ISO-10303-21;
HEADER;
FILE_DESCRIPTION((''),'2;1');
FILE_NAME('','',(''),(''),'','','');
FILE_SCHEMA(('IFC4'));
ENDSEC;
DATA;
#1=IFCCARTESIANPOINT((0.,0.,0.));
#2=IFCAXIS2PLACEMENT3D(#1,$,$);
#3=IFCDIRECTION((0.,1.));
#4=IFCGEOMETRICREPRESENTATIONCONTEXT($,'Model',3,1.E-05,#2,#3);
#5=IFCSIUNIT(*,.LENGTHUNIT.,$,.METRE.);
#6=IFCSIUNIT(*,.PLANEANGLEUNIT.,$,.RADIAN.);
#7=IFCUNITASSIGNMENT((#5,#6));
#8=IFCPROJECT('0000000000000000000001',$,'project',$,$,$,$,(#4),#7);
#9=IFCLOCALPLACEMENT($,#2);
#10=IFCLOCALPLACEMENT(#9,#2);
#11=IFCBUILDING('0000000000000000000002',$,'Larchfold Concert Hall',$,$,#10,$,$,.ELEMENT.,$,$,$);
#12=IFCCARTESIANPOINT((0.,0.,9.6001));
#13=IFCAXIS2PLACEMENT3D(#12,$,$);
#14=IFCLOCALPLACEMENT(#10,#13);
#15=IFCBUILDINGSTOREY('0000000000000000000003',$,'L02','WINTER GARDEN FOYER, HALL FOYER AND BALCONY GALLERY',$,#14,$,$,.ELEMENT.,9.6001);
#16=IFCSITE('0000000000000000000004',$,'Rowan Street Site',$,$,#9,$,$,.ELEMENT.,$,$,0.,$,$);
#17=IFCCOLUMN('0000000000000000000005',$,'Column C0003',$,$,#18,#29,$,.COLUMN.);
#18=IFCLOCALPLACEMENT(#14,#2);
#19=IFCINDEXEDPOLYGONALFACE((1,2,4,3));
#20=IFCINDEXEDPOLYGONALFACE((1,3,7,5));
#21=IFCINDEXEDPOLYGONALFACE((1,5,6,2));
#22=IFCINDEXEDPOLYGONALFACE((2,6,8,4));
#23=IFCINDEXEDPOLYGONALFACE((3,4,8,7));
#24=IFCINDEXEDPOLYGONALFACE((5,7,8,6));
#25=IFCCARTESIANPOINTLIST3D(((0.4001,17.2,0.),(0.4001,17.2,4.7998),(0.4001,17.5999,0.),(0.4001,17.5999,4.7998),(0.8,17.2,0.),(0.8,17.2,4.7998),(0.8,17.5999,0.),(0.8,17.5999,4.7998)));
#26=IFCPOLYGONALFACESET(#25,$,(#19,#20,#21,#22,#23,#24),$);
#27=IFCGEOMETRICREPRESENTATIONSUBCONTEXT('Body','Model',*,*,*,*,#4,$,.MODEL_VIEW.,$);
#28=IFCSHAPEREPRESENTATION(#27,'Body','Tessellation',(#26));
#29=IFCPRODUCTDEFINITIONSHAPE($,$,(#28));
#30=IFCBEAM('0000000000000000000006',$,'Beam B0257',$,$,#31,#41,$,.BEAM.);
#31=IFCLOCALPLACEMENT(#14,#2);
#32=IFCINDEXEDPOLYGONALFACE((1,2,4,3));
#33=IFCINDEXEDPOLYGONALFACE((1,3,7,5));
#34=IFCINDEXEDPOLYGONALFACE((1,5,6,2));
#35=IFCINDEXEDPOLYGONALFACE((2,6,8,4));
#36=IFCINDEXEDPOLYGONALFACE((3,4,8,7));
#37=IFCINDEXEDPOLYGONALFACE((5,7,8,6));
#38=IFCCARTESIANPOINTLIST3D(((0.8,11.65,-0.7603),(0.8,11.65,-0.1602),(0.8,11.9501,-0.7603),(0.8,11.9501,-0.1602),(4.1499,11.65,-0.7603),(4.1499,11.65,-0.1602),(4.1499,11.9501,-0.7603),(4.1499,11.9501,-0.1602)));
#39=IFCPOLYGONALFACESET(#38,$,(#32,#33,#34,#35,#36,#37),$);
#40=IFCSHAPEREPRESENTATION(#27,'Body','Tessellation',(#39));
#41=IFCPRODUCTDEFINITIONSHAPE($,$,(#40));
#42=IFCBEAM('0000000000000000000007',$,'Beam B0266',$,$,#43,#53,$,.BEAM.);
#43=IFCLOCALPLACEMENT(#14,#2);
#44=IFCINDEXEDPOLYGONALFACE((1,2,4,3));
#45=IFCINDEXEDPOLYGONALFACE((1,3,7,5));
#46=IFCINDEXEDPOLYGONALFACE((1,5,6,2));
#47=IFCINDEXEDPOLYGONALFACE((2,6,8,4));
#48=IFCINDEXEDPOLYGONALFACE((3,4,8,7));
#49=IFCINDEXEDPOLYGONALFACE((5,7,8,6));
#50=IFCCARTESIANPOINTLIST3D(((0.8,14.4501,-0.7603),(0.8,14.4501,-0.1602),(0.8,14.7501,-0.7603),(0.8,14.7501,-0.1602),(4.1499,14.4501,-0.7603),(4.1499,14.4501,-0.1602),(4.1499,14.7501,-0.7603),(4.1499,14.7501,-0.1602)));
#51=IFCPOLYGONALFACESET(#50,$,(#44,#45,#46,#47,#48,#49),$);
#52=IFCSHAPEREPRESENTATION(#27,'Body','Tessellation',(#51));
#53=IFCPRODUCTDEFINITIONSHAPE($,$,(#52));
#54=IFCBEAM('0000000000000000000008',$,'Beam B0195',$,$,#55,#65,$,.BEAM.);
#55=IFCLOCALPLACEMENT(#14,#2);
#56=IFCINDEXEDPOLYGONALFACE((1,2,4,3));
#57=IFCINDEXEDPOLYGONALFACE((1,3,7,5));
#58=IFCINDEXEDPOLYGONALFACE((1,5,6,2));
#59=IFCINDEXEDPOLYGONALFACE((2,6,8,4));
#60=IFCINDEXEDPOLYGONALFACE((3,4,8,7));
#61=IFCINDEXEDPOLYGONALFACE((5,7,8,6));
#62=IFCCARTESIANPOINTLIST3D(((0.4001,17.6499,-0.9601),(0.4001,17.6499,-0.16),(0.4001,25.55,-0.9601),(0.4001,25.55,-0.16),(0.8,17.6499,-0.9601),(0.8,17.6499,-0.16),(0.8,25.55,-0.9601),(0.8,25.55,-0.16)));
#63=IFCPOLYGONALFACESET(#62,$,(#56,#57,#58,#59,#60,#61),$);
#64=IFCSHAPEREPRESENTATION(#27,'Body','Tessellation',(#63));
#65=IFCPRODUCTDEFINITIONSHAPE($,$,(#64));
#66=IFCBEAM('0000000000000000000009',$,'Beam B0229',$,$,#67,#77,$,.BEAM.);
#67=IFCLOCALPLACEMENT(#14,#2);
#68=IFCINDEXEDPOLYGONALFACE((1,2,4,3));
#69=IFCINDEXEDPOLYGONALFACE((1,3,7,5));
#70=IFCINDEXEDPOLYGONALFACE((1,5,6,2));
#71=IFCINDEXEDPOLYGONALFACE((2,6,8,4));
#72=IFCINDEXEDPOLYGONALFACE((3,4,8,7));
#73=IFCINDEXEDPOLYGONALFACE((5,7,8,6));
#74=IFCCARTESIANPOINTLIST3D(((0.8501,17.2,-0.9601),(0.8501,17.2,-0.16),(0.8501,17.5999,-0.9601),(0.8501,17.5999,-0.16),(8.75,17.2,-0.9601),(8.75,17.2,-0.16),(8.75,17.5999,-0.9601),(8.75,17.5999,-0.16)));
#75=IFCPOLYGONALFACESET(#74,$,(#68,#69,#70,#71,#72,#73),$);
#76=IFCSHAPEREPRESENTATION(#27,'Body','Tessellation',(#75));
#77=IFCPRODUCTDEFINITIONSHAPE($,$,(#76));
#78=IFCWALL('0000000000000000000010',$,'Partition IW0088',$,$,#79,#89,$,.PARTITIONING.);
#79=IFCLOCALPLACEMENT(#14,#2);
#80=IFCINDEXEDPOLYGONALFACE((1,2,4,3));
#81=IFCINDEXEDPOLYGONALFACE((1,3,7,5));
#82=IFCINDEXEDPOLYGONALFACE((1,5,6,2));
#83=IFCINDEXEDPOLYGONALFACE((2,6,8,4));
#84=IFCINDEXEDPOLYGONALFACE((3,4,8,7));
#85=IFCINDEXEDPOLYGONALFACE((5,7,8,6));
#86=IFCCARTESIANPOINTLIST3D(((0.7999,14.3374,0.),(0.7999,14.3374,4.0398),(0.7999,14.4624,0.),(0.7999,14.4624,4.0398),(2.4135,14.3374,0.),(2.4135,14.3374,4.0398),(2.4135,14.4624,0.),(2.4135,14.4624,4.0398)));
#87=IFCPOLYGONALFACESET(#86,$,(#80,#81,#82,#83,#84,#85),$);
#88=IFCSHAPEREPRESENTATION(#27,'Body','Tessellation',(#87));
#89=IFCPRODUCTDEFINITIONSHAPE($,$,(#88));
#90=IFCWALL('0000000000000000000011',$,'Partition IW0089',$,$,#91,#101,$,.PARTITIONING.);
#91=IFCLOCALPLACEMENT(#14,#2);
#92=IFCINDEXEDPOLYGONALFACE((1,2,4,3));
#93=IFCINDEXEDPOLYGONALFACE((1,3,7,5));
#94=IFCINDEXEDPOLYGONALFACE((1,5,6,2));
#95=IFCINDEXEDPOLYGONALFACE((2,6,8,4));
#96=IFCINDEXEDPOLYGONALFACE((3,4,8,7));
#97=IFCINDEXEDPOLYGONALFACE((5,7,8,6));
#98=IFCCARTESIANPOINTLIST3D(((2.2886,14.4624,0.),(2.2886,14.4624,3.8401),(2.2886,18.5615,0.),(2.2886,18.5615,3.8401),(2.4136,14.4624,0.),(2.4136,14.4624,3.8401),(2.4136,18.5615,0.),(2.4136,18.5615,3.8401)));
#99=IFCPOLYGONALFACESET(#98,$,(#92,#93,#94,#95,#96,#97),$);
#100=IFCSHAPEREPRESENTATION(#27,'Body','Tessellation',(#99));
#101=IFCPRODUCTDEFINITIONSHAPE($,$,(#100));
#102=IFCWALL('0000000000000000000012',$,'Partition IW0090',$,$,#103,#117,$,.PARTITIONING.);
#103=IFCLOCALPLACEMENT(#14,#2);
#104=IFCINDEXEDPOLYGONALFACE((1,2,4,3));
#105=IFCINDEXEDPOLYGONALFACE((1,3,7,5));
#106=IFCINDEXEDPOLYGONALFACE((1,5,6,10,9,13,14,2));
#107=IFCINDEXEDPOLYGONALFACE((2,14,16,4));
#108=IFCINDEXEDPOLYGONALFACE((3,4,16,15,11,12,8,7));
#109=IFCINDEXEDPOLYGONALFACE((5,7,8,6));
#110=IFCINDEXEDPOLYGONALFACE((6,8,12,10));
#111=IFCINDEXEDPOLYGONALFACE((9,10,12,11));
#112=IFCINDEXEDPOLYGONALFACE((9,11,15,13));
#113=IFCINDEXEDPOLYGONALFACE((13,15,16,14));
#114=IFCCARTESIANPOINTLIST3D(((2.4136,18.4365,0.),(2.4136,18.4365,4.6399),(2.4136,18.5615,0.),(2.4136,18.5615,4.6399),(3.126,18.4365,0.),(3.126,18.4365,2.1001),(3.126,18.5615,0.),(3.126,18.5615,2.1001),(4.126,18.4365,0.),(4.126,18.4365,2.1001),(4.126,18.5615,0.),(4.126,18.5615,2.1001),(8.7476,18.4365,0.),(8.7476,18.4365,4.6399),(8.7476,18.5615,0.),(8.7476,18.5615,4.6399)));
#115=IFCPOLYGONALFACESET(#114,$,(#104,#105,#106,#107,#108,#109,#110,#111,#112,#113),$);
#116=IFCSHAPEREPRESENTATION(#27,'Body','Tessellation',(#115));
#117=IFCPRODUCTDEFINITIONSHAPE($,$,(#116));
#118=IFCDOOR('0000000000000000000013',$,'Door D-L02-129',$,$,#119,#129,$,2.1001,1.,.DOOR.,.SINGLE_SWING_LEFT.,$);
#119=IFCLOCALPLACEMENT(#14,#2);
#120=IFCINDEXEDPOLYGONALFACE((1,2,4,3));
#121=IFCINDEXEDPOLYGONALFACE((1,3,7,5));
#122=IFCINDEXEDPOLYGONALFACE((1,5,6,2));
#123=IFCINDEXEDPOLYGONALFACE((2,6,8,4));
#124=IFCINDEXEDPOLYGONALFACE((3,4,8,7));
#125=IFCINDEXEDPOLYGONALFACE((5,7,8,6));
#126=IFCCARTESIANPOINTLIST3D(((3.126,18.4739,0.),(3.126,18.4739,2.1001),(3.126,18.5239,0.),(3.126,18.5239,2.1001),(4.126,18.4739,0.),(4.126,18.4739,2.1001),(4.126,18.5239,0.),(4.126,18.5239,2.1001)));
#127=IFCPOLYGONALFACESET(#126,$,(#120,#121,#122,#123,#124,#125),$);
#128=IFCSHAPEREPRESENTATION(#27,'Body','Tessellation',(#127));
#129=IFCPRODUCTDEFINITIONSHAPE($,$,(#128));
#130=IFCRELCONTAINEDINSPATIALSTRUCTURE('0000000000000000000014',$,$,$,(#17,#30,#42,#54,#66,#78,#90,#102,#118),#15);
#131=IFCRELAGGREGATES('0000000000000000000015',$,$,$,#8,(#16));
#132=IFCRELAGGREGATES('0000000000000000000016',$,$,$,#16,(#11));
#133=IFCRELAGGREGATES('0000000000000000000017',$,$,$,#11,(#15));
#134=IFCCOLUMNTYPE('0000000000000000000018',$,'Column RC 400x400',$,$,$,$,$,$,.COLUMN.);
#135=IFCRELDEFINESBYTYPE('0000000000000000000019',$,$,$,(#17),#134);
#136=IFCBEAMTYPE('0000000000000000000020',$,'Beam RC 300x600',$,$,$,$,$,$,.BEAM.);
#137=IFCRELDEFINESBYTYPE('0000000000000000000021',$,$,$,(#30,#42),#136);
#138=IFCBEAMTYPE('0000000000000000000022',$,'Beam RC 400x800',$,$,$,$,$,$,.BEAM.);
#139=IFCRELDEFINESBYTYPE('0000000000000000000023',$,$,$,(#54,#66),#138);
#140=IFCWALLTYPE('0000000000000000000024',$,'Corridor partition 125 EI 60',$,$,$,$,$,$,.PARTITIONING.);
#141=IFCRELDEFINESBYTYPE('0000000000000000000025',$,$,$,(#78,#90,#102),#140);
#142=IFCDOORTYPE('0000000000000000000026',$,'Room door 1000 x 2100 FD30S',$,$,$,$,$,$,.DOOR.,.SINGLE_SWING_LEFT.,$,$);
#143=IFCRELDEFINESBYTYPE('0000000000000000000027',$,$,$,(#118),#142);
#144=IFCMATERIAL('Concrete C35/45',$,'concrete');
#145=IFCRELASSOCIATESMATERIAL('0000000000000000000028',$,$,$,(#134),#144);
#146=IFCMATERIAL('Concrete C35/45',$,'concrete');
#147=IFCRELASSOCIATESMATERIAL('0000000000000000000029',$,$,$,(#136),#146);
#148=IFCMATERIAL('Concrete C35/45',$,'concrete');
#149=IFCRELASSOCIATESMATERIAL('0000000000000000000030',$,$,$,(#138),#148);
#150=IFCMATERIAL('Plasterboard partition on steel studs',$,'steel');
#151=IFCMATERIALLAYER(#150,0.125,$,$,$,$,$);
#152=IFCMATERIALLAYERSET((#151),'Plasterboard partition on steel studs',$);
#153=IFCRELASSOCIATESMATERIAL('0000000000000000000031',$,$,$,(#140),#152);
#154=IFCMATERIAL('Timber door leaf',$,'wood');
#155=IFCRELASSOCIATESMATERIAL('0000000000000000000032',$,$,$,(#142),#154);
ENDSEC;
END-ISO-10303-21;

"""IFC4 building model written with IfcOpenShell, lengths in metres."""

from ifc_helpers import new_model, si_unit, direction, frame, frame_2d, origin, origin_2d, place, context, subcontext, project, spatial, rectangle, extrude, material, layer, layer_set, material_profile, profile_set, type_object, element, fill, save


model = new_model("IFC4")

# Units and contexts
model_context = context("Model", 3, precision=1e-05, world=origin(), true_north=direction((0.0, 1.0)))
body_context = subcontext(model_context, "Body", "Model", "MODEL_VIEW")
ifc_project = project(units=[si_unit("LENGTHUNIT", "METRE"), si_unit("PLANEANGLEUNIT", "RADIAN")], contexts=[model_context])

# Site, building, storey
site_placement = place(None, origin())
site = spatial("IfcSite", under=ifc_project, at=site_placement, Name="Rowan Street Site", CompositionType="ELEMENT", RefElevation=0.0)
building_placement = place(site_placement, origin())
building = spatial("IfcBuilding", under=site, at=building_placement, Name="Larchfold Concert Hall", CompositionType="ELEMENT")
storey_placement = place(building_placement, frame((0.0, 0.0, 9.6001)))
storey = spatial("IfcBuildingStorey", under=building, at=storey_placement, Name="L02", Description="WINTER GARDEN FOYER, HALL FOYER AND BALCONY GALLERY", CompositionType="ELEMENT", Elevation=9.6001)

# Column
ifc_material_1 = material(Name="Concrete C35/45", Category="concrete")
ifc_material_profile_1 = material_profile(ifc_material_1, rectangle(XDim=0.3999, YDim=0.3999, at=origin_2d()))
ifc_profile_set_1 = profile_set([ifc_material_profile_1], Name="Concrete C35/45")
column_type = type_object("IfcColumnType", Name="Column RC 400x400", PredefinedType="COLUMN", material=ifc_profile_set_1)
column_placement = place(storey_placement, frame((0.6001, 17.3999, 0.0), z_axis=(0.0, 0.0, 1.0), x_axis=(1.0, 0.0, 0.0)))
element("IfcColumn", 1, at=column_placement, inside=storey, type_object=column_type, Name="Column C0003", PredefinedType="COLUMN", context=body_context, shape_type="SweptSolid", body=[
    extrude(rectangle(XDim=0.3999, YDim=0.3999, at=origin_2d()), origin(), (0.0, 0.0, 1.0), 4.7998),
])

# Beams
ifc_material_2 = material(Name="Concrete C35/45", Category="concrete")
ifc_material_profile_2 = material_profile(ifc_material_2, rectangle(XDim=0.3, YDim=0.6001, at=origin_2d()))
ifc_profile_set_2 = profile_set([ifc_material_profile_2], Name="Concrete C35/45")
beam_type_1 = type_object("IfcBeamType", Name="Beam RC 300x600", PredefinedType="BEAM", material=ifc_profile_set_2)
for number, where, z_axis, x_axis, name in (
    (2, (0.8, 11.8, -0.4602), (1.0, 0.0, 0.0), (0.0, 1.0, 0.0), "Beam B0257"),
    (3, (0.8, 14.6001, -0.4602), (1.0, 0.0, 0.0), (0.0, 1.0, 0.0), "Beam B0266"),
):
    element("IfcBeam", number, at=place(storey_placement, frame(where, z_axis=z_axis, x_axis=x_axis)), inside=storey, type_object=beam_type_1, Name=name, PredefinedType="BEAM", context=body_context, shape_type="SweptSolid", body=[
        extrude(rectangle(XDim=0.3, YDim=0.6001, at=origin_2d()), origin(), (0.0, 0.0, 1.0), 3.3499),
    ])
ifc_material_3 = material(Name="Concrete C35/45", Category="concrete")
ifc_material_profile_3 = material_profile(ifc_material_3, rectangle(XDim=0.3999, YDim=0.8, at=origin_2d()))
ifc_profile_set_3 = profile_set([ifc_material_profile_3], Name="Concrete C35/45")
beam_type_2 = type_object("IfcBeamType", Name="Beam RC 400x800", PredefinedType="BEAM", material=ifc_profile_set_3)
beam_1_placement = place(storey_placement, frame((0.6001, 17.6499, -0.5601), z_axis=(0.0, 1.0, 0.0), x_axis=(-1.0, 0.0, 0.0)))
element("IfcBeam", 4, at=beam_1_placement, inside=storey, type_object=beam_type_2, Name="Beam B0195", PredefinedType="BEAM", context=body_context, shape_type="SweptSolid", body=[
    extrude(rectangle(XDim=0.3999, YDim=0.8, at=origin_2d()), origin(), (0.0, 0.0, 1.0), 7.9001),
])
beam_2_placement = place(storey_placement, frame((0.8501, 17.3999, -0.5601), z_axis=(1.0, 0.0, 0.0), x_axis=(0.0, 1.0, 0.0)))
element("IfcBeam", 5, at=beam_2_placement, inside=storey, type_object=beam_type_2, Name="Beam B0229", PredefinedType="BEAM", context=body_context, shape_type="SweptSolid", body=[
    extrude(rectangle(XDim=0.3999, YDim=0.8, at=origin_2d()), origin(), (0.0, 0.0, 1.0), 7.8999),
])

# Walls
ifc_material_4 = material(Name="Plasterboard partition on steel studs", Category="steel")
ifc_layer_1 = layer(ifc_material_4, 0.125)
ifc_layer_set_1 = layer_set([ifc_layer_1], Name="Plasterboard partition on steel studs")
wall_type_1 = type_object("IfcWallType", Name="Corridor partition 125 EI 60", PredefinedType="PARTITIONING", material=ifc_layer_set_1)
wall_1_placement = place(storey_placement, frame((0.8, 14.3999, 0.0), z_axis=(0.0, 0.0, 1.0), x_axis=(1.0, 0.0, 0.0)))
element("IfcWall", 6, at=wall_1_placement, inside=storey, type_object=wall_type_1, Name="Partition IW0088", PredefinedType="PARTITIONING", context=body_context, shape_type="SweptSolid", body=[
    extrude(rectangle(XDim=1.6135, YDim=0.125, at=frame_2d((0.8066, 0.0))), origin(), (0.0, 0.0, 1.0), 4.0398),
])
wall_2_placement = place(storey_placement, frame((2.3511, 14.4624, 0.0), z_axis=(0.0, 0.0, 1.0), x_axis=(0.0, 1.0, 0.0)))
element("IfcWall", 7, at=wall_2_placement, inside=storey, type_object=wall_type_1, Name="Partition IW0089", PredefinedType="PARTITIONING", context=body_context, shape_type="SweptSolid", body=[
    extrude(rectangle(XDim=4.0991, YDim=0.125, at=frame_2d((2.0496, 0.0))), origin(), (0.0, 0.0, 1.0), 3.8401),
])

# Wall, opening, door
wall_3_placement = place(storey_placement, frame((2.4136, 18.499, 0.0), z_axis=(0.0, 0.0, 1.0), x_axis=(1.0, 0.0, 0.0)))
wall_3 = element("IfcWall", 8, at=wall_3_placement, inside=storey, type_object=wall_type_1, Name="Partition IW0090", PredefinedType="PARTITIONING", context=body_context, shape_type="SweptSolid", body=[
    extrude(rectangle(XDim=6.334, YDim=0.125, at=frame_2d((3.167, 0.0))), origin(), (0.0, 0.0, 1.0), 4.6399),
])
opening_1_placement = place(wall_3_placement, frame((0.7124, 0.0, 0.0)))
opening_1 = element("IfcOpeningElement", 9, at=opening_1_placement, cuts=wall_3, PredefinedType="OPENING", context=body_context, shape_type="SweptSolid", body=[
    extrude(rectangle(XDim=1.0, YDim=2.1001, at=frame_2d((0.5, 1.05))), frame((0.0, 0.0725, 0.0), z_axis=(0.0, -1.0, 0.0), x_axis=(1.0, 0.0, 0.0)), (0.0, 0.0, 1.0), 0.145),
])
ifc_material_5 = material(Name="Timber door leaf", Category="wood")
door_type = type_object("IfcDoorType", Name="Room door 1000 x 2100 FD30S", OperationType="SINGLE_SWING_LEFT", PredefinedType="DOOR", material=ifc_material_5)
door_placement = place(opening_1_placement, origin())
door = element("IfcDoor", 10, at=door_placement, inside=storey, type_object=door_type, Name="Door D-L02-129", OperationType="SINGLE_SWING_LEFT", OverallHeight=2.1001, OverallWidth=1.0, PredefinedType="DOOR", context=body_context, shape_type="SweptSolid", body=[
    extrude(rectangle(XDim=1.0, YDim=2.1001, at=frame_2d((0.5, 1.05))), frame((0.0, 0.0249, 0.0), z_axis=(0.0, -1.0, 0.0), x_axis=(1.0, 0.0, 0.0)), (0.0, 0.0, 1.0), 0.05),
])
fill(opening_1, door)

save(model, "model.ifc")
